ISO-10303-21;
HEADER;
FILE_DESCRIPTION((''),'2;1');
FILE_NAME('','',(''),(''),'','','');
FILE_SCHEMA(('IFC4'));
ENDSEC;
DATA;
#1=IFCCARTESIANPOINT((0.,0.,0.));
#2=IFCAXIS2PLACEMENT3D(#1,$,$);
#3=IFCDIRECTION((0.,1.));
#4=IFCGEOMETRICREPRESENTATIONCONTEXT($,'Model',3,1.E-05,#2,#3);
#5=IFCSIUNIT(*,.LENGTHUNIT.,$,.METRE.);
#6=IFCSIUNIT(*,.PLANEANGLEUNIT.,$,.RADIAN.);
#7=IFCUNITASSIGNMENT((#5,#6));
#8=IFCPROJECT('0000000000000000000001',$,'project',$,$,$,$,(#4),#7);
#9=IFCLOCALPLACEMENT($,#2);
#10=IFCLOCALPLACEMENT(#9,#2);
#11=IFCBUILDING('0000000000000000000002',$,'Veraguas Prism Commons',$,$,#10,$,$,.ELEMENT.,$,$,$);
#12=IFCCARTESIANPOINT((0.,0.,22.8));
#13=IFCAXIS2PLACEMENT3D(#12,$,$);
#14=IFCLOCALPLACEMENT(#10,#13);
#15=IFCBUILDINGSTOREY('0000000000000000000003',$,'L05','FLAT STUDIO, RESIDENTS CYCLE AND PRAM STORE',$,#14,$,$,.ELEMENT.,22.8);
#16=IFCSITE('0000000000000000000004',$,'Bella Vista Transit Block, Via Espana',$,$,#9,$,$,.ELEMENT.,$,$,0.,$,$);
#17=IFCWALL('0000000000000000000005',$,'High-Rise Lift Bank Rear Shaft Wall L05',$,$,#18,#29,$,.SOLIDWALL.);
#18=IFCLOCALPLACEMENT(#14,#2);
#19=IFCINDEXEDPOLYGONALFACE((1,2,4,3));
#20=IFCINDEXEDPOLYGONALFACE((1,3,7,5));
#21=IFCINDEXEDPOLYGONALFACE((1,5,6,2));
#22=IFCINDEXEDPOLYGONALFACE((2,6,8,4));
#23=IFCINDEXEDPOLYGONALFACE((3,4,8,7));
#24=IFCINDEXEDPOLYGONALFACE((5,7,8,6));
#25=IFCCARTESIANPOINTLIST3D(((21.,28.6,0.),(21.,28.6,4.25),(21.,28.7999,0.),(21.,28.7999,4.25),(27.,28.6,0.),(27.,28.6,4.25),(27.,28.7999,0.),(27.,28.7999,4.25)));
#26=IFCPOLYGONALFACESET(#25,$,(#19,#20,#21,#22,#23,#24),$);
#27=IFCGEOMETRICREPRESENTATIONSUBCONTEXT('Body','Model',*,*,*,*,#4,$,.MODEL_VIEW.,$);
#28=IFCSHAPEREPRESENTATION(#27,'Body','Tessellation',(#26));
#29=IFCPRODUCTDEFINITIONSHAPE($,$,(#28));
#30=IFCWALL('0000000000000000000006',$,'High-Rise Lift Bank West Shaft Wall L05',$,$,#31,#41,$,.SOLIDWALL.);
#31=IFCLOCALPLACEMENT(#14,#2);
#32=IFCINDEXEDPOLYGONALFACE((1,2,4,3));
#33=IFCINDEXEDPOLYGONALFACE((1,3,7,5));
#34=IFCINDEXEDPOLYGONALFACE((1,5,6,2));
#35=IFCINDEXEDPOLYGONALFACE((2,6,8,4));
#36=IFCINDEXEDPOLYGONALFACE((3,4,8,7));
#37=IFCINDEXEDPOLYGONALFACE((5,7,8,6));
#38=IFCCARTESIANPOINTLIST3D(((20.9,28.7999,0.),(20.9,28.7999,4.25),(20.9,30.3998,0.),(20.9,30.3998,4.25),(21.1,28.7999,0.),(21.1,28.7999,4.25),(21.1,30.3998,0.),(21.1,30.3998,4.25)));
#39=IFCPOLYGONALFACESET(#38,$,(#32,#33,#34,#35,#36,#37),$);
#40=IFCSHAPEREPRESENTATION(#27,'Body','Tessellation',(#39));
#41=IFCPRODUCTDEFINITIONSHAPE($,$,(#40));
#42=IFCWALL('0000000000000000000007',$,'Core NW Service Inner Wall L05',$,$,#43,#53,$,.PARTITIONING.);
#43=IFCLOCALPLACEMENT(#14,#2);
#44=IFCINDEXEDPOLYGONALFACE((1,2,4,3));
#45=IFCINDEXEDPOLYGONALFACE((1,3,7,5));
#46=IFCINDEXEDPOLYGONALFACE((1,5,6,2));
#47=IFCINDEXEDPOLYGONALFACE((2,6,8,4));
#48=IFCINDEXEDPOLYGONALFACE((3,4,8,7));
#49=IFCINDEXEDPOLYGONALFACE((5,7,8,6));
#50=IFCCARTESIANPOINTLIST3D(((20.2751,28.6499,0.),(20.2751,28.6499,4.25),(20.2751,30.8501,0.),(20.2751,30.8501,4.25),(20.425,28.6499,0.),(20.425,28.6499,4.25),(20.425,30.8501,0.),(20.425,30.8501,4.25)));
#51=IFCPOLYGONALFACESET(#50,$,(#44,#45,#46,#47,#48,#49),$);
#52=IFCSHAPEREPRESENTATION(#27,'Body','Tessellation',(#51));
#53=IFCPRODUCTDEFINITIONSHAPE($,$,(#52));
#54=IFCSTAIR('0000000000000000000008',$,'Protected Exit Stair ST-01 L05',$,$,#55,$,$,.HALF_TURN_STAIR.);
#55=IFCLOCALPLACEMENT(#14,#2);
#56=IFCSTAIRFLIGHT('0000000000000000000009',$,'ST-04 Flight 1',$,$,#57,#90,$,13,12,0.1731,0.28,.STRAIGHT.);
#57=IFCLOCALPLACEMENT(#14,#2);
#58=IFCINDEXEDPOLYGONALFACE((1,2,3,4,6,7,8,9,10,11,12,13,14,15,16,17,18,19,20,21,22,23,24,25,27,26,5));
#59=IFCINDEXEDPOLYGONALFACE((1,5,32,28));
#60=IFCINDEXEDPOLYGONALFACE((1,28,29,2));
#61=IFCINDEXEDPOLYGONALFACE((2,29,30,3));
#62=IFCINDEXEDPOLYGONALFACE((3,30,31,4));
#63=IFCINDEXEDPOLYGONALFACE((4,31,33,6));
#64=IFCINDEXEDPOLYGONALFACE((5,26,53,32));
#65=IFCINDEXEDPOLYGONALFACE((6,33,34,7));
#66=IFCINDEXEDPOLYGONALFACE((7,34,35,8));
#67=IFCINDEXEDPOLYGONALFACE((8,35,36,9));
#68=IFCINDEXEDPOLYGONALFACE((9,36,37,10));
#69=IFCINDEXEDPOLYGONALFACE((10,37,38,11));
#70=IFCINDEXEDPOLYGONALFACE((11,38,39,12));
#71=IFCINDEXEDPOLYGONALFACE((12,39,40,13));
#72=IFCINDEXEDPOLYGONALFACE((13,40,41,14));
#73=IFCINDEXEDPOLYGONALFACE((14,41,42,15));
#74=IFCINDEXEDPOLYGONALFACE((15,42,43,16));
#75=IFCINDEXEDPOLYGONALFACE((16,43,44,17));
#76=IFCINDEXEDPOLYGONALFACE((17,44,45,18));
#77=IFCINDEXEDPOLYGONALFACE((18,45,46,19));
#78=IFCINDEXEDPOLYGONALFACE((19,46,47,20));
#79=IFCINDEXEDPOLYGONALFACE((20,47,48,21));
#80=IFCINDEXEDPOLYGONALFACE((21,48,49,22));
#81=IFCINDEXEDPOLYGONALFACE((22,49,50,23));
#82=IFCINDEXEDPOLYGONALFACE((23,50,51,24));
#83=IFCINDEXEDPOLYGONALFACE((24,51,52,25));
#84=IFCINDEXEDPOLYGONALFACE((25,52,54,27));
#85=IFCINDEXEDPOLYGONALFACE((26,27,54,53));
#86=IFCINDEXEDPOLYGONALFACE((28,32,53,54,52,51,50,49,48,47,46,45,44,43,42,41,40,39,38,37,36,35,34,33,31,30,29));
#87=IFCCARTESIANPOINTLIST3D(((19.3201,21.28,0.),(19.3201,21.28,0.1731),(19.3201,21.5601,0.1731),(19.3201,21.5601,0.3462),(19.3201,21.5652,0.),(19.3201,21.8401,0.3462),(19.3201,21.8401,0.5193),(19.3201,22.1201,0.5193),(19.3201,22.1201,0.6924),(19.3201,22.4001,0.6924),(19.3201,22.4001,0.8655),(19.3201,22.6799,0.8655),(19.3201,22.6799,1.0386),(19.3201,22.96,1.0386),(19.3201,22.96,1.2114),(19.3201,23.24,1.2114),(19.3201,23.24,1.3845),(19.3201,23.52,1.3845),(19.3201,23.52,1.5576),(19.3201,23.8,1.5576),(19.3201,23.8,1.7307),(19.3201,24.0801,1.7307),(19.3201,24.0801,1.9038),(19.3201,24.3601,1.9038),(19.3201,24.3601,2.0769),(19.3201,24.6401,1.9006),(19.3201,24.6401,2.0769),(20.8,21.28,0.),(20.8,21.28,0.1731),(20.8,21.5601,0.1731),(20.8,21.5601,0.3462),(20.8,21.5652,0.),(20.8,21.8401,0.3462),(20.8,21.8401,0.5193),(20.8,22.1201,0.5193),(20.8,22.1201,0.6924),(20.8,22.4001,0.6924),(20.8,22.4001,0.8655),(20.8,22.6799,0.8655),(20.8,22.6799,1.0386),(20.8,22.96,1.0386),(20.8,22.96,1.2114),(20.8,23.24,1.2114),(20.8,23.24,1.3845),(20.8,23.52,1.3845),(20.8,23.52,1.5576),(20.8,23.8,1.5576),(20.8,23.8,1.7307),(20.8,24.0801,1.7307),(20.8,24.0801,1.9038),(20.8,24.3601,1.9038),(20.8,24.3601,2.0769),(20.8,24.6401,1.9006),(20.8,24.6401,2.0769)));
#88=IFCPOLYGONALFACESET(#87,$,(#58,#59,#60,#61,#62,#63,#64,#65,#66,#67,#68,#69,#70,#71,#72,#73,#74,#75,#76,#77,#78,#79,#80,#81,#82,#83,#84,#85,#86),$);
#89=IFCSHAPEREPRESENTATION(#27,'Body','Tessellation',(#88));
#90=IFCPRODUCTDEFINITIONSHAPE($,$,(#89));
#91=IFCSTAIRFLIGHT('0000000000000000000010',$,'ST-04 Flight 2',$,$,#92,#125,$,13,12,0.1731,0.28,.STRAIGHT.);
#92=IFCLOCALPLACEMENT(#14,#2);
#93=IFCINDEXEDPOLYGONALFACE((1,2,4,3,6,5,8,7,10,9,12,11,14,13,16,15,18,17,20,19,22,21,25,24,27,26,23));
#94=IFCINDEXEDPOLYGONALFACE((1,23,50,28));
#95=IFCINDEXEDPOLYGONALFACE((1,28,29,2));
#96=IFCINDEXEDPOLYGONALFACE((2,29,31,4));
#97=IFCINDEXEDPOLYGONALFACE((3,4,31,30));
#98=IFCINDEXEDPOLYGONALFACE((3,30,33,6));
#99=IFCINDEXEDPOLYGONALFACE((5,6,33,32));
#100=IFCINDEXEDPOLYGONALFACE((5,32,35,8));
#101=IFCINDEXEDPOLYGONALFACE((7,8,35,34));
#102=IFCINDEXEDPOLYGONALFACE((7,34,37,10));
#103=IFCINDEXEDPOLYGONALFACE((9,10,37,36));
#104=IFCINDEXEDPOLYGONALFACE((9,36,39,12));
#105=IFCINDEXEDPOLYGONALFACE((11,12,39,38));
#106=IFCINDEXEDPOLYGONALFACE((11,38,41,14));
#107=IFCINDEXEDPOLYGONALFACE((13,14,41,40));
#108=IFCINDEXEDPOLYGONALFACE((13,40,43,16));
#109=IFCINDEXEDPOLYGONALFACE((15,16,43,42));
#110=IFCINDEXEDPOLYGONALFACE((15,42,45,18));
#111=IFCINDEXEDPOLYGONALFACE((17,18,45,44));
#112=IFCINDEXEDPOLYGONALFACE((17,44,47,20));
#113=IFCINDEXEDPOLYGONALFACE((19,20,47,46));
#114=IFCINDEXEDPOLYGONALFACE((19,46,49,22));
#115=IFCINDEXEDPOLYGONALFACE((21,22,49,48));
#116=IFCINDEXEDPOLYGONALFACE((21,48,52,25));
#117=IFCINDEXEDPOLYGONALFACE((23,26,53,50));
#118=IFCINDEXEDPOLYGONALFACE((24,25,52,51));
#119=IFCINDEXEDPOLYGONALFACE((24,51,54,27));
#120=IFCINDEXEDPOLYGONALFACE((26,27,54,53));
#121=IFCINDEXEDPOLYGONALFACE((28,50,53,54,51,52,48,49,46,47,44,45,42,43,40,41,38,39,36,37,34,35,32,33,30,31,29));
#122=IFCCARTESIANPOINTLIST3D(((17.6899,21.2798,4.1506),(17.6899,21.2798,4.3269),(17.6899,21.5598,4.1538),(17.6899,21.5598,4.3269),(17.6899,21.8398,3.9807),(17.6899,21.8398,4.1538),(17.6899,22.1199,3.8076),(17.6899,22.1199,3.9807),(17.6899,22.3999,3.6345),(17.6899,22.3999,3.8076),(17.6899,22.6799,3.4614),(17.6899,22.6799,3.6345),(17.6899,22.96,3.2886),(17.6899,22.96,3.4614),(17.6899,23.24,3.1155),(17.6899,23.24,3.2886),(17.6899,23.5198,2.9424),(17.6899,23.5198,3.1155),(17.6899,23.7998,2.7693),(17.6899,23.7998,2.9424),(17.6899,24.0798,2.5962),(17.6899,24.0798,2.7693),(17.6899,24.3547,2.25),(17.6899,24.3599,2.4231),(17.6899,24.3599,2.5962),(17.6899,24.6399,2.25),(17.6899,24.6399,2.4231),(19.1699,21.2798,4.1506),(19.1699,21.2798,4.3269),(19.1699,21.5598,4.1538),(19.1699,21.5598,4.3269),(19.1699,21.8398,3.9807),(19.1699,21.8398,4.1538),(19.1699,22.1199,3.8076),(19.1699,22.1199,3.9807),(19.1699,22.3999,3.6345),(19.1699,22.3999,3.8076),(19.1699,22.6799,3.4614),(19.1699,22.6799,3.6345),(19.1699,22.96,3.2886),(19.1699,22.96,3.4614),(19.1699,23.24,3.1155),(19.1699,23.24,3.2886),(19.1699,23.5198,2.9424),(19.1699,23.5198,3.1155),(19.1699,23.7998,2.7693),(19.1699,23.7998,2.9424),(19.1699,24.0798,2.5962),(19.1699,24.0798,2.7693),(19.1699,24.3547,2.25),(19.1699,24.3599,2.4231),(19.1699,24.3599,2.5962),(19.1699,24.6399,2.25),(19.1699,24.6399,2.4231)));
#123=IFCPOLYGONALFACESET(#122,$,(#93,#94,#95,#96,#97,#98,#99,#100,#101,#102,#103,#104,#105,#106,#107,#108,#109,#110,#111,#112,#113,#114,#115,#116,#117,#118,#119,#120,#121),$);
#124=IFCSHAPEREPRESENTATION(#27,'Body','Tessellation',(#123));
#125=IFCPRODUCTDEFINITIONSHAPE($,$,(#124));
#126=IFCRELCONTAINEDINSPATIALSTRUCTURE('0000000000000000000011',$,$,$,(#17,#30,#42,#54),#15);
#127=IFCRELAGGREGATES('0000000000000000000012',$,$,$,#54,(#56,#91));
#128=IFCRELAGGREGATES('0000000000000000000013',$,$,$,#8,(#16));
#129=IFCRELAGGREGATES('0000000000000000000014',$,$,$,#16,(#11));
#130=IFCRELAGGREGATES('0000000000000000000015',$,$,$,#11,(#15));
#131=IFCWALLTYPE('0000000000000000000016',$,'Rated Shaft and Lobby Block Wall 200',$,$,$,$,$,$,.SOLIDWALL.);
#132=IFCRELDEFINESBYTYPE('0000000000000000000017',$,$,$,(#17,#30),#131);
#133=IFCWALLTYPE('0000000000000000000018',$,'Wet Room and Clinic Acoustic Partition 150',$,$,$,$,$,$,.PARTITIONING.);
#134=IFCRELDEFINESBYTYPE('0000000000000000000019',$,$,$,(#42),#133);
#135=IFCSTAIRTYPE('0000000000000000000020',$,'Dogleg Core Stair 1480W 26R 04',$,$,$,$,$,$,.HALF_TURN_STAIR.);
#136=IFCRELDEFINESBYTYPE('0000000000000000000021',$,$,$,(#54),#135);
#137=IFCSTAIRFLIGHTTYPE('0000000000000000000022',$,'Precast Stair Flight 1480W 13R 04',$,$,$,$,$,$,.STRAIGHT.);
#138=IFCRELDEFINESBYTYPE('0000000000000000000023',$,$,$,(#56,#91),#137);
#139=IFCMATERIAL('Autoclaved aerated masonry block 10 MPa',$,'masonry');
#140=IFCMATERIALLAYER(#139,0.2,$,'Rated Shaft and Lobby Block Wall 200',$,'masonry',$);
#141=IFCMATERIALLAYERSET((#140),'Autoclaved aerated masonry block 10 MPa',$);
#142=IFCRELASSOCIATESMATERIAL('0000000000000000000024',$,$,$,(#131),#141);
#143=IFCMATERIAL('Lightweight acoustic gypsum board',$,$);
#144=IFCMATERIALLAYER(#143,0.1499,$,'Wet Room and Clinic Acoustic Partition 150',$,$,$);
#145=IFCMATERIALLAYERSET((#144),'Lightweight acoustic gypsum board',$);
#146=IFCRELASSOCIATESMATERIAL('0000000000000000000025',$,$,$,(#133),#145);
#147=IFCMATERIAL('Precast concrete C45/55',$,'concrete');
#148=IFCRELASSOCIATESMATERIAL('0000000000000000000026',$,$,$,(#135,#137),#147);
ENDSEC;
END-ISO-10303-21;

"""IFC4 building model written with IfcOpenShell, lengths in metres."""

from ifc_helpers import new_model, si_unit, direction, frame, frame_2d, origin, place, context, subcontext, project, spatial, polyline, rectangle, outline, extrude, material, layer, layer_set, type_object, element, aggregate, save


model = new_model("IFC4")

# Units and contexts
model_context = context("Model", 3, precision=1e-05, world=origin(), true_north=direction((0.0, 1.0)))
body_context = subcontext(model_context, "Body", "Model", "MODEL_VIEW")
ifc_project = project(units=[si_unit("LENGTHUNIT", "METRE"), si_unit("PLANEANGLEUNIT", "RADIAN")], contexts=[model_context])

# Site, building, storey
site_placement = place(None, origin())
site = spatial("IfcSite", under=ifc_project, at=site_placement, Name="Bella Vista Transit Block, Via Espana", CompositionType="ELEMENT", RefElevation=0.0)
building_placement = place(site_placement, origin())
building = spatial("IfcBuilding", under=site, at=building_placement, Name="Veraguas Prism Commons", CompositionType="ELEMENT")
storey_placement = place(building_placement, frame((0.0, 0.0, 22.8)))
storey = spatial("IfcBuildingStorey", under=building, at=storey_placement, Name="L05", Description="FLAT STUDIO, RESIDENTS CYCLE AND PRAM STORE", CompositionType="ELEMENT", Elevation=22.8)

# Shared definitions
ifc_material_1 = material(Name="Autoclaved aerated masonry block 10 MPa", Category="masonry")

# Shared definitions
ifc_material_2 = material(Name="Lightweight acoustic gypsum board")

# Walls
ifc_layer_1 = layer(ifc_material_1, 0.2, Name="Rated Shaft and Lobby Block Wall 200", Category="masonry")
ifc_layer_set_1 = layer_set([ifc_layer_1], Name="Autoclaved aerated masonry block 10 MPa")
wall_type_1 = type_object("IfcWallType", Name="Rated Shaft and Lobby Block Wall 200", PredefinedType="SOLIDWALL", material=ifc_layer_set_1)
wall_1_placement = place(storey_placement, frame((21.0, 28.7, 0.0), z_axis=(0.0, 0.0, 1.0), x_axis=(1.0, 0.0, 0.0)))
element("IfcWall", 1, at=wall_1_placement, inside=storey, type_object=wall_type_1, Name="High-Rise Lift Bank Rear Shaft Wall L05", PredefinedType="SOLIDWALL", context=body_context, shape_type="SweptSolid", body=[
    extrude(rectangle(XDim=6.0, YDim=0.2, at=frame_2d((3.0, 0.0))), origin(), (0.0, 0.0, 1.0), 4.25),
])
wall_2_placement = place(storey_placement, frame((21.0, 28.8, 0.0), z_axis=(0.0, 0.0, 1.0), x_axis=(0.0, 1.0, 0.0)))
element("IfcWall", 2, at=wall_2_placement, inside=storey, type_object=wall_type_1, Name="High-Rise Lift Bank West Shaft Wall L05", PredefinedType="SOLIDWALL", context=body_context, shape_type="SweptSolid", body=[
    extrude(rectangle(XDim=1.5999, YDim=0.2, at=frame_2d((0.7998, 0.0))), origin(), (0.0, 0.0, 1.0), 4.25),
])
ifc_layer_2 = layer(ifc_material_2, 0.1499, Name="Wet Room and Clinic Acoustic Partition 150")
ifc_layer_set_2 = layer_set([ifc_layer_2], Name="Lightweight acoustic gypsum board")
wall_type_2 = type_object("IfcWallType", Name="Wet Room and Clinic Acoustic Partition 150", PredefinedType="PARTITIONING", material=ifc_layer_set_2)
wall_3_placement = place(storey_placement, frame((20.3501, 28.6499, 0.0), z_axis=(0.0, 0.0, 1.0), x_axis=(0.0, 1.0, 0.0)))
element("IfcWall", 3, at=wall_3_placement, inside=storey, type_object=wall_type_2, Name="Core NW Service Inner Wall L05", PredefinedType="PARTITIONING", context=body_context, shape_type="SweptSolid", body=[
    extrude(rectangle(XDim=2.2002, YDim=0.1499, at=frame_2d((1.1001, 0.0))), origin(), (0.0, 0.0, 1.0), 4.25),
])

# Stair, stair flights
ifc_material_3 = material(Name="Precast concrete C45/55", Category="concrete")
stair_type = type_object("IfcStairType", Name="Dogleg Core Stair 1480W 26R 04", PredefinedType="HALF_TURN_STAIR", material=ifc_material_3)
stair_placement = place(storey_placement, origin())
stair = element("IfcStair", 4, at=stair_placement, inside=storey, type_object=stair_type, Name="Protected Exit Stair ST-01 L05", PredefinedType="HALF_TURN_STAIR")
stair_flight_type = type_object("IfcStairFlightType", Name="Precast Stair Flight 1480W 13R 04", PredefinedType="STRAIGHT", material=ifc_material_3)
stair_flight_1_placement = place(storey_placement, frame((20.0601, 21.28, 0.0), z_axis=(0.0, 0.0, 1.0), x_axis=(0.0, 1.0, 0.0)))
stair_flight_1 = element("IfcStairFlight", 5, at=stair_flight_1_placement, type_object=stair_flight_type, Name="ST-04 Flight 1", NumberOfRisers=13, NumberOfTreads=12, PredefinedType="STRAIGHT", RiserHeight=0.1731, TreadLength=0.28, context=body_context, shape_type="SweptSolid", body=[
    extrude(outline(polyline([(0.0, 0.0), (0.0, 0.1731), (0.28, 0.1731), (0.28, 0.3462), (0.5601, 0.3462), (0.5601, 0.5193), (0.8401, 0.5193), (0.8401, 0.6924), (1.1201, 0.6924), (1.1201, 0.8655), (1.3999, 0.8655), (1.3999, 1.0386), (1.6799, 1.0386), (1.6799, 1.2114), (1.96, 1.2114), (1.96, 1.3845), (2.24, 1.3845), (2.24, 1.5576), (2.52, 1.5576), (2.52, 1.7307), (2.8, 1.7307), (2.8, 1.9038), (3.0801, 1.9038), (3.0801, 2.0769), (3.3601, 2.0769), (3.3601, 2.25), (3.3601, 1.9006), (0.2852, 0.0), (0.0, 0.0)])), frame((0.0, 0.74, 0.0), z_axis=(0.0, -1.0, 0.0), x_axis=(1.0, 0.0, 0.0)), (0.0, 0.0, 1.0), 1.48),
])
stair_flight_2_placement = place(storey_placement, frame((18.4299, 24.6399, 2.25), z_axis=(0.0, 0.0, 1.0), x_axis=(0.0, -1.0, 0.0)))
stair_flight_2 = element("IfcStairFlight", 6, at=stair_flight_2_placement, type_object=stair_flight_type, Name="ST-04 Flight 2", NumberOfRisers=13, NumberOfTreads=12, PredefinedType="STRAIGHT", RiserHeight=0.1731, TreadLength=0.28, context=body_context, shape_type="SweptSolid", body=[
    extrude(outline(polyline([(0.0, 0.0), (0.0, 0.1731), (0.28, 0.1731), (0.28, 0.3462), (0.5601, 0.3462), (0.5601, 0.5193), (0.8401, 0.5193), (0.8401, 0.6924), (1.1201, 0.6924), (1.1201, 0.8655), (1.3999, 0.8655), (1.3999, 1.0386), (1.6799, 1.0386), (1.6799, 1.2114), (1.96, 1.2114), (1.96, 1.3845), (2.24, 1.3845), (2.24, 1.5576), (2.52, 1.5576), (2.52, 1.7307), (2.8, 1.7307), (2.8, 1.9038), (3.0801, 1.9038), (3.0801, 2.0769), (3.3601, 2.0769), (3.3601, 2.25), (3.3601, 1.9006), (0.2852, 0.0), (0.0, 0.0)])), frame((0.0, 0.74, 0.0), z_axis=(0.0, -1.0, 0.0), x_axis=(1.0, 0.0, 0.0)), (0.0, 0.0, 1.0), 1.48),
])
aggregate(stair, [stair_flight_1, stair_flight_2])

save(model, "model.ifc")
